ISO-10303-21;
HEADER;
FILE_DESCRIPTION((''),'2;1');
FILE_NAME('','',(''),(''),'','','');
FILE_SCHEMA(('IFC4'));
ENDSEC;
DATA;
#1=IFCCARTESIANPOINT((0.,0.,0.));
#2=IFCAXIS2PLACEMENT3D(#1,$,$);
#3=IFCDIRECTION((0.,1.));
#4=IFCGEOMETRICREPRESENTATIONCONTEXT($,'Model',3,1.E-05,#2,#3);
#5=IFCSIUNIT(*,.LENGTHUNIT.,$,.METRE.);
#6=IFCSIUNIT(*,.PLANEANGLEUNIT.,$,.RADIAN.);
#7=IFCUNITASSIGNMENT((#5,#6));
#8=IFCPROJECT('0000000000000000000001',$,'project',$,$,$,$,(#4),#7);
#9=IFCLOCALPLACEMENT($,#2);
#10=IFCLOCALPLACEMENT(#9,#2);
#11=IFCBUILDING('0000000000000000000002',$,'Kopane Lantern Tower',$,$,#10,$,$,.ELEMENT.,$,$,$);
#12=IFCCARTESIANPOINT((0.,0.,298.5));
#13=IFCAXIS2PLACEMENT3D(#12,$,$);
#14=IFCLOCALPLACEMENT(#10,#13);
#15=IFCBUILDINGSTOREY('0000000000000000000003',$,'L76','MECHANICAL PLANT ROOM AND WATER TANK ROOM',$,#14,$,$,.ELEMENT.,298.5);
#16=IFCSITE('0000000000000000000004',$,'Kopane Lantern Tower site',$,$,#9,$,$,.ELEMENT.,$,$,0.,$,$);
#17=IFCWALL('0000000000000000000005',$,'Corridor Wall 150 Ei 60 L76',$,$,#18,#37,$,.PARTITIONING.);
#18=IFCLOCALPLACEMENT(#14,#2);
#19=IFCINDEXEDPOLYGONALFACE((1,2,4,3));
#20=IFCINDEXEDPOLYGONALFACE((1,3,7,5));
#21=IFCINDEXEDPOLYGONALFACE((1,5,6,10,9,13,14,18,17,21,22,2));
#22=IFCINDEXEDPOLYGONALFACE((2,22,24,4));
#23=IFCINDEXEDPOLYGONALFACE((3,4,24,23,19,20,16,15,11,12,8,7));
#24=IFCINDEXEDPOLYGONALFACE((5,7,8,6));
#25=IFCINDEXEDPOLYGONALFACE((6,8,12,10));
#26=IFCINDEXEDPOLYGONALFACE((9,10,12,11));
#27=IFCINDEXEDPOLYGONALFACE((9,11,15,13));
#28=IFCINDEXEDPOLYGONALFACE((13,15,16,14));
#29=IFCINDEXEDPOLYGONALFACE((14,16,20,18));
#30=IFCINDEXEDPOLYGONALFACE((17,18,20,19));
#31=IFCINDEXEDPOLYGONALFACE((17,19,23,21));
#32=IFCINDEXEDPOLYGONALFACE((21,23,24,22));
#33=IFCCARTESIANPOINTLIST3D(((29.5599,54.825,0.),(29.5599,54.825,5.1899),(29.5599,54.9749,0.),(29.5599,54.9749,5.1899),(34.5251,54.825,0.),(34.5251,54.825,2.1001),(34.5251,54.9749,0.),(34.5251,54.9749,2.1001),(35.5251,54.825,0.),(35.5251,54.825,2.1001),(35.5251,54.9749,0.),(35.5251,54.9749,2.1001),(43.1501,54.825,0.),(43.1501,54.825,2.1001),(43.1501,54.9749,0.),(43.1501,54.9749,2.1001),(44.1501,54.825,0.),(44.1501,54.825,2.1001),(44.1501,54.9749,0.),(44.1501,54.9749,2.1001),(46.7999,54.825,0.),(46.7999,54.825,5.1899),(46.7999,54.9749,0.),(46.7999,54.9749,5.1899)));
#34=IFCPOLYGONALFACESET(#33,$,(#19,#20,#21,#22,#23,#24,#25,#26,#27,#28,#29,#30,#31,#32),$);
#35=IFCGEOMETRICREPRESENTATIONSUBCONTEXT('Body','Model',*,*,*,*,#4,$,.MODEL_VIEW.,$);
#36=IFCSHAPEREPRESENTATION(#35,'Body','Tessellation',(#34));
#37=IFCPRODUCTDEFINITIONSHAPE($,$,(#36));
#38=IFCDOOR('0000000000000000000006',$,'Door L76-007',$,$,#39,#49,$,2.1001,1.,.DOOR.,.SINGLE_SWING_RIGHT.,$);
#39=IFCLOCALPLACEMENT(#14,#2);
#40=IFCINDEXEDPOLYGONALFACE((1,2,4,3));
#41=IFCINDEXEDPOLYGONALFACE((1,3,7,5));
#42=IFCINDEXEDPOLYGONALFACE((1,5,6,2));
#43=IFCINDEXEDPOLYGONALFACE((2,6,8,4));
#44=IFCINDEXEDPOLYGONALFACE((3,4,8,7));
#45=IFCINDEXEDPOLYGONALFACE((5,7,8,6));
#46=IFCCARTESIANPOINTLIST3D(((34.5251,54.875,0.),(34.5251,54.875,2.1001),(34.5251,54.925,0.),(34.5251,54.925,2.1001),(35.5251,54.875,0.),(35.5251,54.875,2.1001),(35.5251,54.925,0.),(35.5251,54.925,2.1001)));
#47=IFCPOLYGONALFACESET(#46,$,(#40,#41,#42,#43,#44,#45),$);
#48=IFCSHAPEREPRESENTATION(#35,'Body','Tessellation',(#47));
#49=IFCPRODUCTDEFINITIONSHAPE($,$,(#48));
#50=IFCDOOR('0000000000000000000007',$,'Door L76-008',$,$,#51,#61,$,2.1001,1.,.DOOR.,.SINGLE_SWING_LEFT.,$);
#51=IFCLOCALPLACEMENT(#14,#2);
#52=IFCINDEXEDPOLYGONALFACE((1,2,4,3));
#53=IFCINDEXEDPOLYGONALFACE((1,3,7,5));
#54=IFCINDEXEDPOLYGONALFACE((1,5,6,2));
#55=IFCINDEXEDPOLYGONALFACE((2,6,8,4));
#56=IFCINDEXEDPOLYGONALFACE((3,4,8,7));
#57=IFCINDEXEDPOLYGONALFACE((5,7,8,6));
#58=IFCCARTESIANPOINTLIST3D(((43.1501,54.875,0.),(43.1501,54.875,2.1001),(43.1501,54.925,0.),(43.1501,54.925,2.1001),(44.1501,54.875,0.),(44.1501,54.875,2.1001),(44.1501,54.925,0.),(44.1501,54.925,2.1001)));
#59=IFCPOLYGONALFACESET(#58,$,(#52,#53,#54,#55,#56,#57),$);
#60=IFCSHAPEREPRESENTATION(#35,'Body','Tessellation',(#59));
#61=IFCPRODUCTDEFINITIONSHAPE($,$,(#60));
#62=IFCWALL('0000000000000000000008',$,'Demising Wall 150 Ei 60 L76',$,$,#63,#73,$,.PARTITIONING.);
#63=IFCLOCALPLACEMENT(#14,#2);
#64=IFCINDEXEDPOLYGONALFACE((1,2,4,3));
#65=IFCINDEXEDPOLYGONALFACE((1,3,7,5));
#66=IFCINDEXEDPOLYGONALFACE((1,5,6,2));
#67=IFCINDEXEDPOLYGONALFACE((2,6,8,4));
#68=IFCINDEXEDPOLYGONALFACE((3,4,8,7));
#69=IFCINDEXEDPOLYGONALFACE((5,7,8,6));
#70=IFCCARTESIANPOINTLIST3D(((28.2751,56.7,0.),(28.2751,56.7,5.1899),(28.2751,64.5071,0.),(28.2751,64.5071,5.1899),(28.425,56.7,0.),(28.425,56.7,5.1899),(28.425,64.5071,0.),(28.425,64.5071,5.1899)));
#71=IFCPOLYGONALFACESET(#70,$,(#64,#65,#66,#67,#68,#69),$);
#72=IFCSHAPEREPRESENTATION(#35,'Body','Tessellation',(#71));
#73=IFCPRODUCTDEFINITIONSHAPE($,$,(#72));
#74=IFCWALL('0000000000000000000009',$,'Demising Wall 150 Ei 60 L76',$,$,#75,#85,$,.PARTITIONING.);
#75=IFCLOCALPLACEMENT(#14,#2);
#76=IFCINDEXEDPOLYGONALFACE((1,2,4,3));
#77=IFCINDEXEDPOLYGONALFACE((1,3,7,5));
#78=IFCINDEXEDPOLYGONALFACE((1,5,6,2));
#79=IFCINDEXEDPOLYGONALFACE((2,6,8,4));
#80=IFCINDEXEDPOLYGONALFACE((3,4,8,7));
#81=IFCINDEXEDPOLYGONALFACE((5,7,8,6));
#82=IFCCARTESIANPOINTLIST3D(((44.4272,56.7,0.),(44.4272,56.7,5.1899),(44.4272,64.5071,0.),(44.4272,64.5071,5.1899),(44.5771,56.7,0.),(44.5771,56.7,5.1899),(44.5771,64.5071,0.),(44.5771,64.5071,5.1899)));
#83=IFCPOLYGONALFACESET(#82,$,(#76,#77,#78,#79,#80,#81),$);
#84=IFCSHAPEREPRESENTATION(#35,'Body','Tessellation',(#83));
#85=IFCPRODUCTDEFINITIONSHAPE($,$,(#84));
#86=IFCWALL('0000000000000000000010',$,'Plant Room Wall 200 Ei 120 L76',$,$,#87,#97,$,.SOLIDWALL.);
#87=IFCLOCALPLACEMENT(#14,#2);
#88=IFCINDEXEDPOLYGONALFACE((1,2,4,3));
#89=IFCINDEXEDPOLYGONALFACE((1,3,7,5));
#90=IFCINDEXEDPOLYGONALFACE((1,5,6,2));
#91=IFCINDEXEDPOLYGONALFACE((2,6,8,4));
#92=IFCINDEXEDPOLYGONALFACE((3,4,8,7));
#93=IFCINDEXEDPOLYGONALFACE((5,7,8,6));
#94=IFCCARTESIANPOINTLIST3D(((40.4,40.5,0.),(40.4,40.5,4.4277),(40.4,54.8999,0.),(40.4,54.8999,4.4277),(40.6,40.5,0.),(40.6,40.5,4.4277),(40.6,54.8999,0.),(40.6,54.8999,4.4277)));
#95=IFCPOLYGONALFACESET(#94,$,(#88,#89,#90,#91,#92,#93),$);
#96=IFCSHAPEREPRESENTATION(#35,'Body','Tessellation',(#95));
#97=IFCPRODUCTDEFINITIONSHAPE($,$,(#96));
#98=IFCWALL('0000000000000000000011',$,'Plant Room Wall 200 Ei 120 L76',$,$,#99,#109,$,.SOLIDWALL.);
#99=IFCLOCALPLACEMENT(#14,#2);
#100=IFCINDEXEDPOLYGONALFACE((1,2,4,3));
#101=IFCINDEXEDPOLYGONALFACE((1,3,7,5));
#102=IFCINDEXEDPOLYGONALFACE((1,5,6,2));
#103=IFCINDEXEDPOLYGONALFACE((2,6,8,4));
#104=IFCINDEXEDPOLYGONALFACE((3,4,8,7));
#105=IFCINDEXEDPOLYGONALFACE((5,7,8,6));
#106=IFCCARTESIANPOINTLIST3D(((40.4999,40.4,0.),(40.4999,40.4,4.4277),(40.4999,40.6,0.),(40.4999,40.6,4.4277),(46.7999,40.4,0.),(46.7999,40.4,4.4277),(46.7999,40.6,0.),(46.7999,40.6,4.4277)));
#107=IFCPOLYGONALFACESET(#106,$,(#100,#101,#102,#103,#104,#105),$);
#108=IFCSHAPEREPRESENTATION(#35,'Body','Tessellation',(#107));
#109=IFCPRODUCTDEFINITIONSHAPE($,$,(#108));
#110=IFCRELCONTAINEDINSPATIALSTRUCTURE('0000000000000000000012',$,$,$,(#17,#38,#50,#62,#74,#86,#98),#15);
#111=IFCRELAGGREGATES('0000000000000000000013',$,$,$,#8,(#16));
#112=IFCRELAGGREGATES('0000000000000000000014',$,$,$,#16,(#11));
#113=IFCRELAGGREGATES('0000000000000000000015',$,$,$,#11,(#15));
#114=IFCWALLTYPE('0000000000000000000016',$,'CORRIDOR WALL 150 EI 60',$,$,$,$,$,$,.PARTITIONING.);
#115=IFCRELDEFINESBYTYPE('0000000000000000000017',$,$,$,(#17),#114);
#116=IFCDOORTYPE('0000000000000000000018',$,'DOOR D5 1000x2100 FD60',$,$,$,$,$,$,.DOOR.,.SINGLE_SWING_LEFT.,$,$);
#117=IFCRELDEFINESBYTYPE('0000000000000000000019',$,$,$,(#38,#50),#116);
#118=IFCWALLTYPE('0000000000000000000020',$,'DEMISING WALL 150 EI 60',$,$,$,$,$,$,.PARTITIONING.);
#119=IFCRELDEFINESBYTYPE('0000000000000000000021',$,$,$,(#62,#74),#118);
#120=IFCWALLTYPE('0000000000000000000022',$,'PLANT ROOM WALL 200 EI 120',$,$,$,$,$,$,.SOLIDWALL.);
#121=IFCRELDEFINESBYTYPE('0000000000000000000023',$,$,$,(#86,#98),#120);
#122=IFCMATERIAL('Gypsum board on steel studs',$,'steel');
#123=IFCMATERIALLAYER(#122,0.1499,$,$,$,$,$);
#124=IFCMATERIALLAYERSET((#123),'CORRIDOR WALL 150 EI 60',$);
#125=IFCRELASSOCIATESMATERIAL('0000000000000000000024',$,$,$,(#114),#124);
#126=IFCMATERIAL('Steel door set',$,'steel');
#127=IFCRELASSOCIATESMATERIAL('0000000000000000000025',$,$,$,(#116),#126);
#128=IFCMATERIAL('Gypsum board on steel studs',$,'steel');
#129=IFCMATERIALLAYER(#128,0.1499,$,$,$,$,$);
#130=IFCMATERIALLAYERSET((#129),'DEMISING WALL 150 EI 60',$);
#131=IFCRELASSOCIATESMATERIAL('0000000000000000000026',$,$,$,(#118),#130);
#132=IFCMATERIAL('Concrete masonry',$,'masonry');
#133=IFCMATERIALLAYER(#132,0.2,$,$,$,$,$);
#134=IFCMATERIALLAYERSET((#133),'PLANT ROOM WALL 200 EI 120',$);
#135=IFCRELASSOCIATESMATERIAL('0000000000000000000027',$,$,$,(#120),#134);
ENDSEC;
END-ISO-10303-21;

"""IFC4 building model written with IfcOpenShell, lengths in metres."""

from ifc_helpers import new_model, si_unit, direction, frame, frame_2d, origin, place, context, subcontext, project, spatial, rectangle, extrude, material, layer, layer_set, type_object, element, fill, save


model = new_model("IFC4")

# Units and contexts
model_context = context("Model", 3, precision=1e-05, world=origin(), true_north=direction((0.0, 1.0)))
body_context = subcontext(model_context, "Body", "Model", "MODEL_VIEW")
ifc_project = project(units=[si_unit("LENGTHUNIT", "METRE"), si_unit("PLANEANGLEUNIT", "RADIAN")], contexts=[model_context])

# Site, building, storey
site_placement = place(None, origin())
site = spatial("IfcSite", under=ifc_project, at=site_placement, Name="Kopane Lantern Tower site", CompositionType="ELEMENT", RefElevation=0.0)
building_placement = place(site_placement, origin())
building = spatial("IfcBuilding", under=site, at=building_placement, Name="Kopane Lantern Tower", CompositionType="ELEMENT")
storey_placement = place(building_placement, frame((0.0, 0.0, 298.5)))
storey = spatial("IfcBuildingStorey", under=building, at=storey_placement, Name="L76", Description="MECHANICAL PLANT ROOM AND WATER TANK ROOM", CompositionType="ELEMENT", Elevation=298.5)

# Wall, openings, doors
ifc_material_1 = material(Name="Gypsum board on steel studs", Category="steel")
ifc_layer_1 = layer(ifc_material_1, 0.1499)
ifc_layer_set_1 = layer_set([ifc_layer_1], Name="CORRIDOR WALL 150 EI 60")
wall_type_1 = type_object("IfcWallType", Name="CORRIDOR WALL 150 EI 60", PredefinedType="PARTITIONING", material=ifc_layer_set_1)
wall_1_placement = place(storey_placement, frame((46.8, 54.8999, 0.0), z_axis=(0.0, 0.0, 1.0), x_axis=(-1.0, 0.0, 0.0)))
wall_1 = element("IfcWall", 1, at=wall_1_placement, inside=storey, type_object=wall_type_1, Name="Corridor Wall 150 Ei 60 L76", PredefinedType="PARTITIONING", context=body_context, shape_type="SweptSolid", body=[
    extrude(rectangle(XDim=17.24, YDim=0.1499, at=frame_2d((8.6201, 0.0))), origin(), (0.0, 0.0, 1.0), 5.1899),
])
opening_1_placement = place(wall_1_placement, frame((11.2749, 0.0, 0.0)))
opening_1 = element("IfcOpeningElement", 2, at=opening_1_placement, cuts=wall_1, PredefinedType="OPENING", context=body_context, shape_type="SweptSolid", body=[
    extrude(rectangle(XDim=1.0, YDim=2.1001, at=frame_2d((0.5, 1.05))), frame((0.0, 0.085, 0.0), z_axis=(0.0, -1.0, 0.0), x_axis=(1.0, 0.0, 0.0)), (0.0, 0.0, 1.0), 0.1699),
])
opening_2_placement = place(wall_1_placement, frame((2.6499, 0.0, 0.0)))
opening_2 = element("IfcOpeningElement", 3, at=opening_2_placement, cuts=wall_1, PredefinedType="OPENING", context=body_context, shape_type="SweptSolid", body=[
    extrude(rectangle(XDim=1.0, YDim=2.1001, at=frame_2d((0.5, 1.05))), frame((0.0, 0.085, 0.0), z_axis=(0.0, -1.0, 0.0), x_axis=(1.0, 0.0, 0.0)), (0.0, 0.0, 1.0), 0.1699),
])
ifc_material_2 = material(Name="Steel door set", Category="steel")
door_type = type_object("IfcDoorType", Name="DOOR D5 1000x2100 FD60", OperationType="SINGLE_SWING_LEFT", PredefinedType="DOOR", material=ifc_material_2)
door_1_placement = place(opening_1_placement, origin())
door_1 = element("IfcDoor", 4, at=door_1_placement, inside=storey, type_object=door_type, Name="Door L76-007", OperationType="SINGLE_SWING_RIGHT", OverallHeight=2.1001, OverallWidth=1.0, PredefinedType="DOOR", context=body_context, shape_type="SweptSolid", body=[
    extrude(rectangle(XDim=1.0, YDim=2.1001, at=frame_2d((0.5, 1.05))), frame((0.0, 0.0249, 0.0), z_axis=(0.0, -1.0, 0.0), x_axis=(1.0, 0.0, 0.0)), (0.0, 0.0, 1.0), 0.05),
])
fill(opening_1, door_1)
door_2_placement = place(opening_2_placement, origin())
door_2 = element("IfcDoor", 5, at=door_2_placement, inside=storey, type_object=door_type, Name="Door L76-008", OperationType="SINGLE_SWING_LEFT", OverallHeight=2.1001, OverallWidth=1.0, PredefinedType="DOOR", context=body_context, shape_type="SweptSolid", body=[
    extrude(rectangle(XDim=1.0, YDim=2.1001, at=frame_2d((0.5, 1.05))), frame((0.0, 0.0249, 0.0), z_axis=(0.0, -1.0, 0.0), x_axis=(1.0, 0.0, 0.0)), (0.0, 0.0, 1.0), 0.05),
])
fill(opening_2, door_2)

# Walls
ifc_material_3 = material(Name="Gypsum board on steel studs", Category="steel")
ifc_layer_2 = layer(ifc_material_3, 0.1499)
ifc_layer_set_2 = layer_set([ifc_layer_2], Name="DEMISING WALL 150 EI 60")
wall_type_2 = type_object("IfcWallType", Name="DEMISING WALL 150 EI 60", PredefinedType="PARTITIONING", material=ifc_layer_set_2)
for number, where, z_axis, x_axis, name in (
    (6, (28.3501, 56.7, 0.0), (0.0, 0.0, 1.0), (0.0, 1.0, 0.0), "Demising Wall 150 Ei 60 L76"),
    (7, (44.5022, 56.7, 0.0), (0.0, 0.0, 1.0), (0.0, 1.0, 0.0), "Demising Wall 150 Ei 60 L76"),
):
    element("IfcWall", number, at=place(storey_placement, frame(where, z_axis=z_axis, x_axis=x_axis)), inside=storey, type_object=wall_type_2, Name=name, PredefinedType="PARTITIONING", context=body_context, shape_type="SweptSolid", body=[
        extrude(rectangle(XDim=7.8071, YDim=0.1499, at=frame_2d((3.9036, 0.0))), origin(), (0.0, 0.0, 1.0), 5.1899),
    ])
ifc_material_4 = material(Name="Concrete masonry", Category="masonry")
ifc_layer_3 = layer(ifc_material_4, 0.2)
ifc_layer_set_3 = layer_set([ifc_layer_3], Name="PLANT ROOM WALL 200 EI 120")
wall_type_3 = type_object("IfcWallType", Name="PLANT ROOM WALL 200 EI 120", PredefinedType="SOLIDWALL", material=ifc_layer_set_3)
wall_2_placement = place(storey_placement, frame((40.5, 40.5, 0.0), z_axis=(0.0, 0.0, 1.0), x_axis=(0.0, 1.0, 0.0)))
element("IfcWall", 8, at=wall_2_placement, inside=storey, type_object=wall_type_3, Name="Plant Room Wall 200 Ei 120 L76", PredefinedType="SOLIDWALL", context=body_context, shape_type="SweptSolid", body=[
    extrude(rectangle(XDim=14.3999, YDim=0.2, at=frame_2d((7.2, 0.0))), origin(), (0.0, 0.0, 1.0), 4.4277),
])
wall_3_placement = place(storey_placement, frame((40.5, 40.5, 0.0), z_axis=(0.0, 0.0, 1.0), x_axis=(1.0, 0.0, 0.0)))
element("IfcWall", 9, at=wall_3_placement, inside=storey, type_object=wall_type_3, Name="Plant Room Wall 200 Ei 120 L76", PredefinedType="SOLIDWALL", context=body_context, shape_type="SweptSolid", body=[
    extrude(rectangle(XDim=6.3, YDim=0.2, at=frame_2d((3.1499, 0.0))), origin(), (0.0, 0.0, 1.0), 4.4277),
])

save(model, "model.ifc")
